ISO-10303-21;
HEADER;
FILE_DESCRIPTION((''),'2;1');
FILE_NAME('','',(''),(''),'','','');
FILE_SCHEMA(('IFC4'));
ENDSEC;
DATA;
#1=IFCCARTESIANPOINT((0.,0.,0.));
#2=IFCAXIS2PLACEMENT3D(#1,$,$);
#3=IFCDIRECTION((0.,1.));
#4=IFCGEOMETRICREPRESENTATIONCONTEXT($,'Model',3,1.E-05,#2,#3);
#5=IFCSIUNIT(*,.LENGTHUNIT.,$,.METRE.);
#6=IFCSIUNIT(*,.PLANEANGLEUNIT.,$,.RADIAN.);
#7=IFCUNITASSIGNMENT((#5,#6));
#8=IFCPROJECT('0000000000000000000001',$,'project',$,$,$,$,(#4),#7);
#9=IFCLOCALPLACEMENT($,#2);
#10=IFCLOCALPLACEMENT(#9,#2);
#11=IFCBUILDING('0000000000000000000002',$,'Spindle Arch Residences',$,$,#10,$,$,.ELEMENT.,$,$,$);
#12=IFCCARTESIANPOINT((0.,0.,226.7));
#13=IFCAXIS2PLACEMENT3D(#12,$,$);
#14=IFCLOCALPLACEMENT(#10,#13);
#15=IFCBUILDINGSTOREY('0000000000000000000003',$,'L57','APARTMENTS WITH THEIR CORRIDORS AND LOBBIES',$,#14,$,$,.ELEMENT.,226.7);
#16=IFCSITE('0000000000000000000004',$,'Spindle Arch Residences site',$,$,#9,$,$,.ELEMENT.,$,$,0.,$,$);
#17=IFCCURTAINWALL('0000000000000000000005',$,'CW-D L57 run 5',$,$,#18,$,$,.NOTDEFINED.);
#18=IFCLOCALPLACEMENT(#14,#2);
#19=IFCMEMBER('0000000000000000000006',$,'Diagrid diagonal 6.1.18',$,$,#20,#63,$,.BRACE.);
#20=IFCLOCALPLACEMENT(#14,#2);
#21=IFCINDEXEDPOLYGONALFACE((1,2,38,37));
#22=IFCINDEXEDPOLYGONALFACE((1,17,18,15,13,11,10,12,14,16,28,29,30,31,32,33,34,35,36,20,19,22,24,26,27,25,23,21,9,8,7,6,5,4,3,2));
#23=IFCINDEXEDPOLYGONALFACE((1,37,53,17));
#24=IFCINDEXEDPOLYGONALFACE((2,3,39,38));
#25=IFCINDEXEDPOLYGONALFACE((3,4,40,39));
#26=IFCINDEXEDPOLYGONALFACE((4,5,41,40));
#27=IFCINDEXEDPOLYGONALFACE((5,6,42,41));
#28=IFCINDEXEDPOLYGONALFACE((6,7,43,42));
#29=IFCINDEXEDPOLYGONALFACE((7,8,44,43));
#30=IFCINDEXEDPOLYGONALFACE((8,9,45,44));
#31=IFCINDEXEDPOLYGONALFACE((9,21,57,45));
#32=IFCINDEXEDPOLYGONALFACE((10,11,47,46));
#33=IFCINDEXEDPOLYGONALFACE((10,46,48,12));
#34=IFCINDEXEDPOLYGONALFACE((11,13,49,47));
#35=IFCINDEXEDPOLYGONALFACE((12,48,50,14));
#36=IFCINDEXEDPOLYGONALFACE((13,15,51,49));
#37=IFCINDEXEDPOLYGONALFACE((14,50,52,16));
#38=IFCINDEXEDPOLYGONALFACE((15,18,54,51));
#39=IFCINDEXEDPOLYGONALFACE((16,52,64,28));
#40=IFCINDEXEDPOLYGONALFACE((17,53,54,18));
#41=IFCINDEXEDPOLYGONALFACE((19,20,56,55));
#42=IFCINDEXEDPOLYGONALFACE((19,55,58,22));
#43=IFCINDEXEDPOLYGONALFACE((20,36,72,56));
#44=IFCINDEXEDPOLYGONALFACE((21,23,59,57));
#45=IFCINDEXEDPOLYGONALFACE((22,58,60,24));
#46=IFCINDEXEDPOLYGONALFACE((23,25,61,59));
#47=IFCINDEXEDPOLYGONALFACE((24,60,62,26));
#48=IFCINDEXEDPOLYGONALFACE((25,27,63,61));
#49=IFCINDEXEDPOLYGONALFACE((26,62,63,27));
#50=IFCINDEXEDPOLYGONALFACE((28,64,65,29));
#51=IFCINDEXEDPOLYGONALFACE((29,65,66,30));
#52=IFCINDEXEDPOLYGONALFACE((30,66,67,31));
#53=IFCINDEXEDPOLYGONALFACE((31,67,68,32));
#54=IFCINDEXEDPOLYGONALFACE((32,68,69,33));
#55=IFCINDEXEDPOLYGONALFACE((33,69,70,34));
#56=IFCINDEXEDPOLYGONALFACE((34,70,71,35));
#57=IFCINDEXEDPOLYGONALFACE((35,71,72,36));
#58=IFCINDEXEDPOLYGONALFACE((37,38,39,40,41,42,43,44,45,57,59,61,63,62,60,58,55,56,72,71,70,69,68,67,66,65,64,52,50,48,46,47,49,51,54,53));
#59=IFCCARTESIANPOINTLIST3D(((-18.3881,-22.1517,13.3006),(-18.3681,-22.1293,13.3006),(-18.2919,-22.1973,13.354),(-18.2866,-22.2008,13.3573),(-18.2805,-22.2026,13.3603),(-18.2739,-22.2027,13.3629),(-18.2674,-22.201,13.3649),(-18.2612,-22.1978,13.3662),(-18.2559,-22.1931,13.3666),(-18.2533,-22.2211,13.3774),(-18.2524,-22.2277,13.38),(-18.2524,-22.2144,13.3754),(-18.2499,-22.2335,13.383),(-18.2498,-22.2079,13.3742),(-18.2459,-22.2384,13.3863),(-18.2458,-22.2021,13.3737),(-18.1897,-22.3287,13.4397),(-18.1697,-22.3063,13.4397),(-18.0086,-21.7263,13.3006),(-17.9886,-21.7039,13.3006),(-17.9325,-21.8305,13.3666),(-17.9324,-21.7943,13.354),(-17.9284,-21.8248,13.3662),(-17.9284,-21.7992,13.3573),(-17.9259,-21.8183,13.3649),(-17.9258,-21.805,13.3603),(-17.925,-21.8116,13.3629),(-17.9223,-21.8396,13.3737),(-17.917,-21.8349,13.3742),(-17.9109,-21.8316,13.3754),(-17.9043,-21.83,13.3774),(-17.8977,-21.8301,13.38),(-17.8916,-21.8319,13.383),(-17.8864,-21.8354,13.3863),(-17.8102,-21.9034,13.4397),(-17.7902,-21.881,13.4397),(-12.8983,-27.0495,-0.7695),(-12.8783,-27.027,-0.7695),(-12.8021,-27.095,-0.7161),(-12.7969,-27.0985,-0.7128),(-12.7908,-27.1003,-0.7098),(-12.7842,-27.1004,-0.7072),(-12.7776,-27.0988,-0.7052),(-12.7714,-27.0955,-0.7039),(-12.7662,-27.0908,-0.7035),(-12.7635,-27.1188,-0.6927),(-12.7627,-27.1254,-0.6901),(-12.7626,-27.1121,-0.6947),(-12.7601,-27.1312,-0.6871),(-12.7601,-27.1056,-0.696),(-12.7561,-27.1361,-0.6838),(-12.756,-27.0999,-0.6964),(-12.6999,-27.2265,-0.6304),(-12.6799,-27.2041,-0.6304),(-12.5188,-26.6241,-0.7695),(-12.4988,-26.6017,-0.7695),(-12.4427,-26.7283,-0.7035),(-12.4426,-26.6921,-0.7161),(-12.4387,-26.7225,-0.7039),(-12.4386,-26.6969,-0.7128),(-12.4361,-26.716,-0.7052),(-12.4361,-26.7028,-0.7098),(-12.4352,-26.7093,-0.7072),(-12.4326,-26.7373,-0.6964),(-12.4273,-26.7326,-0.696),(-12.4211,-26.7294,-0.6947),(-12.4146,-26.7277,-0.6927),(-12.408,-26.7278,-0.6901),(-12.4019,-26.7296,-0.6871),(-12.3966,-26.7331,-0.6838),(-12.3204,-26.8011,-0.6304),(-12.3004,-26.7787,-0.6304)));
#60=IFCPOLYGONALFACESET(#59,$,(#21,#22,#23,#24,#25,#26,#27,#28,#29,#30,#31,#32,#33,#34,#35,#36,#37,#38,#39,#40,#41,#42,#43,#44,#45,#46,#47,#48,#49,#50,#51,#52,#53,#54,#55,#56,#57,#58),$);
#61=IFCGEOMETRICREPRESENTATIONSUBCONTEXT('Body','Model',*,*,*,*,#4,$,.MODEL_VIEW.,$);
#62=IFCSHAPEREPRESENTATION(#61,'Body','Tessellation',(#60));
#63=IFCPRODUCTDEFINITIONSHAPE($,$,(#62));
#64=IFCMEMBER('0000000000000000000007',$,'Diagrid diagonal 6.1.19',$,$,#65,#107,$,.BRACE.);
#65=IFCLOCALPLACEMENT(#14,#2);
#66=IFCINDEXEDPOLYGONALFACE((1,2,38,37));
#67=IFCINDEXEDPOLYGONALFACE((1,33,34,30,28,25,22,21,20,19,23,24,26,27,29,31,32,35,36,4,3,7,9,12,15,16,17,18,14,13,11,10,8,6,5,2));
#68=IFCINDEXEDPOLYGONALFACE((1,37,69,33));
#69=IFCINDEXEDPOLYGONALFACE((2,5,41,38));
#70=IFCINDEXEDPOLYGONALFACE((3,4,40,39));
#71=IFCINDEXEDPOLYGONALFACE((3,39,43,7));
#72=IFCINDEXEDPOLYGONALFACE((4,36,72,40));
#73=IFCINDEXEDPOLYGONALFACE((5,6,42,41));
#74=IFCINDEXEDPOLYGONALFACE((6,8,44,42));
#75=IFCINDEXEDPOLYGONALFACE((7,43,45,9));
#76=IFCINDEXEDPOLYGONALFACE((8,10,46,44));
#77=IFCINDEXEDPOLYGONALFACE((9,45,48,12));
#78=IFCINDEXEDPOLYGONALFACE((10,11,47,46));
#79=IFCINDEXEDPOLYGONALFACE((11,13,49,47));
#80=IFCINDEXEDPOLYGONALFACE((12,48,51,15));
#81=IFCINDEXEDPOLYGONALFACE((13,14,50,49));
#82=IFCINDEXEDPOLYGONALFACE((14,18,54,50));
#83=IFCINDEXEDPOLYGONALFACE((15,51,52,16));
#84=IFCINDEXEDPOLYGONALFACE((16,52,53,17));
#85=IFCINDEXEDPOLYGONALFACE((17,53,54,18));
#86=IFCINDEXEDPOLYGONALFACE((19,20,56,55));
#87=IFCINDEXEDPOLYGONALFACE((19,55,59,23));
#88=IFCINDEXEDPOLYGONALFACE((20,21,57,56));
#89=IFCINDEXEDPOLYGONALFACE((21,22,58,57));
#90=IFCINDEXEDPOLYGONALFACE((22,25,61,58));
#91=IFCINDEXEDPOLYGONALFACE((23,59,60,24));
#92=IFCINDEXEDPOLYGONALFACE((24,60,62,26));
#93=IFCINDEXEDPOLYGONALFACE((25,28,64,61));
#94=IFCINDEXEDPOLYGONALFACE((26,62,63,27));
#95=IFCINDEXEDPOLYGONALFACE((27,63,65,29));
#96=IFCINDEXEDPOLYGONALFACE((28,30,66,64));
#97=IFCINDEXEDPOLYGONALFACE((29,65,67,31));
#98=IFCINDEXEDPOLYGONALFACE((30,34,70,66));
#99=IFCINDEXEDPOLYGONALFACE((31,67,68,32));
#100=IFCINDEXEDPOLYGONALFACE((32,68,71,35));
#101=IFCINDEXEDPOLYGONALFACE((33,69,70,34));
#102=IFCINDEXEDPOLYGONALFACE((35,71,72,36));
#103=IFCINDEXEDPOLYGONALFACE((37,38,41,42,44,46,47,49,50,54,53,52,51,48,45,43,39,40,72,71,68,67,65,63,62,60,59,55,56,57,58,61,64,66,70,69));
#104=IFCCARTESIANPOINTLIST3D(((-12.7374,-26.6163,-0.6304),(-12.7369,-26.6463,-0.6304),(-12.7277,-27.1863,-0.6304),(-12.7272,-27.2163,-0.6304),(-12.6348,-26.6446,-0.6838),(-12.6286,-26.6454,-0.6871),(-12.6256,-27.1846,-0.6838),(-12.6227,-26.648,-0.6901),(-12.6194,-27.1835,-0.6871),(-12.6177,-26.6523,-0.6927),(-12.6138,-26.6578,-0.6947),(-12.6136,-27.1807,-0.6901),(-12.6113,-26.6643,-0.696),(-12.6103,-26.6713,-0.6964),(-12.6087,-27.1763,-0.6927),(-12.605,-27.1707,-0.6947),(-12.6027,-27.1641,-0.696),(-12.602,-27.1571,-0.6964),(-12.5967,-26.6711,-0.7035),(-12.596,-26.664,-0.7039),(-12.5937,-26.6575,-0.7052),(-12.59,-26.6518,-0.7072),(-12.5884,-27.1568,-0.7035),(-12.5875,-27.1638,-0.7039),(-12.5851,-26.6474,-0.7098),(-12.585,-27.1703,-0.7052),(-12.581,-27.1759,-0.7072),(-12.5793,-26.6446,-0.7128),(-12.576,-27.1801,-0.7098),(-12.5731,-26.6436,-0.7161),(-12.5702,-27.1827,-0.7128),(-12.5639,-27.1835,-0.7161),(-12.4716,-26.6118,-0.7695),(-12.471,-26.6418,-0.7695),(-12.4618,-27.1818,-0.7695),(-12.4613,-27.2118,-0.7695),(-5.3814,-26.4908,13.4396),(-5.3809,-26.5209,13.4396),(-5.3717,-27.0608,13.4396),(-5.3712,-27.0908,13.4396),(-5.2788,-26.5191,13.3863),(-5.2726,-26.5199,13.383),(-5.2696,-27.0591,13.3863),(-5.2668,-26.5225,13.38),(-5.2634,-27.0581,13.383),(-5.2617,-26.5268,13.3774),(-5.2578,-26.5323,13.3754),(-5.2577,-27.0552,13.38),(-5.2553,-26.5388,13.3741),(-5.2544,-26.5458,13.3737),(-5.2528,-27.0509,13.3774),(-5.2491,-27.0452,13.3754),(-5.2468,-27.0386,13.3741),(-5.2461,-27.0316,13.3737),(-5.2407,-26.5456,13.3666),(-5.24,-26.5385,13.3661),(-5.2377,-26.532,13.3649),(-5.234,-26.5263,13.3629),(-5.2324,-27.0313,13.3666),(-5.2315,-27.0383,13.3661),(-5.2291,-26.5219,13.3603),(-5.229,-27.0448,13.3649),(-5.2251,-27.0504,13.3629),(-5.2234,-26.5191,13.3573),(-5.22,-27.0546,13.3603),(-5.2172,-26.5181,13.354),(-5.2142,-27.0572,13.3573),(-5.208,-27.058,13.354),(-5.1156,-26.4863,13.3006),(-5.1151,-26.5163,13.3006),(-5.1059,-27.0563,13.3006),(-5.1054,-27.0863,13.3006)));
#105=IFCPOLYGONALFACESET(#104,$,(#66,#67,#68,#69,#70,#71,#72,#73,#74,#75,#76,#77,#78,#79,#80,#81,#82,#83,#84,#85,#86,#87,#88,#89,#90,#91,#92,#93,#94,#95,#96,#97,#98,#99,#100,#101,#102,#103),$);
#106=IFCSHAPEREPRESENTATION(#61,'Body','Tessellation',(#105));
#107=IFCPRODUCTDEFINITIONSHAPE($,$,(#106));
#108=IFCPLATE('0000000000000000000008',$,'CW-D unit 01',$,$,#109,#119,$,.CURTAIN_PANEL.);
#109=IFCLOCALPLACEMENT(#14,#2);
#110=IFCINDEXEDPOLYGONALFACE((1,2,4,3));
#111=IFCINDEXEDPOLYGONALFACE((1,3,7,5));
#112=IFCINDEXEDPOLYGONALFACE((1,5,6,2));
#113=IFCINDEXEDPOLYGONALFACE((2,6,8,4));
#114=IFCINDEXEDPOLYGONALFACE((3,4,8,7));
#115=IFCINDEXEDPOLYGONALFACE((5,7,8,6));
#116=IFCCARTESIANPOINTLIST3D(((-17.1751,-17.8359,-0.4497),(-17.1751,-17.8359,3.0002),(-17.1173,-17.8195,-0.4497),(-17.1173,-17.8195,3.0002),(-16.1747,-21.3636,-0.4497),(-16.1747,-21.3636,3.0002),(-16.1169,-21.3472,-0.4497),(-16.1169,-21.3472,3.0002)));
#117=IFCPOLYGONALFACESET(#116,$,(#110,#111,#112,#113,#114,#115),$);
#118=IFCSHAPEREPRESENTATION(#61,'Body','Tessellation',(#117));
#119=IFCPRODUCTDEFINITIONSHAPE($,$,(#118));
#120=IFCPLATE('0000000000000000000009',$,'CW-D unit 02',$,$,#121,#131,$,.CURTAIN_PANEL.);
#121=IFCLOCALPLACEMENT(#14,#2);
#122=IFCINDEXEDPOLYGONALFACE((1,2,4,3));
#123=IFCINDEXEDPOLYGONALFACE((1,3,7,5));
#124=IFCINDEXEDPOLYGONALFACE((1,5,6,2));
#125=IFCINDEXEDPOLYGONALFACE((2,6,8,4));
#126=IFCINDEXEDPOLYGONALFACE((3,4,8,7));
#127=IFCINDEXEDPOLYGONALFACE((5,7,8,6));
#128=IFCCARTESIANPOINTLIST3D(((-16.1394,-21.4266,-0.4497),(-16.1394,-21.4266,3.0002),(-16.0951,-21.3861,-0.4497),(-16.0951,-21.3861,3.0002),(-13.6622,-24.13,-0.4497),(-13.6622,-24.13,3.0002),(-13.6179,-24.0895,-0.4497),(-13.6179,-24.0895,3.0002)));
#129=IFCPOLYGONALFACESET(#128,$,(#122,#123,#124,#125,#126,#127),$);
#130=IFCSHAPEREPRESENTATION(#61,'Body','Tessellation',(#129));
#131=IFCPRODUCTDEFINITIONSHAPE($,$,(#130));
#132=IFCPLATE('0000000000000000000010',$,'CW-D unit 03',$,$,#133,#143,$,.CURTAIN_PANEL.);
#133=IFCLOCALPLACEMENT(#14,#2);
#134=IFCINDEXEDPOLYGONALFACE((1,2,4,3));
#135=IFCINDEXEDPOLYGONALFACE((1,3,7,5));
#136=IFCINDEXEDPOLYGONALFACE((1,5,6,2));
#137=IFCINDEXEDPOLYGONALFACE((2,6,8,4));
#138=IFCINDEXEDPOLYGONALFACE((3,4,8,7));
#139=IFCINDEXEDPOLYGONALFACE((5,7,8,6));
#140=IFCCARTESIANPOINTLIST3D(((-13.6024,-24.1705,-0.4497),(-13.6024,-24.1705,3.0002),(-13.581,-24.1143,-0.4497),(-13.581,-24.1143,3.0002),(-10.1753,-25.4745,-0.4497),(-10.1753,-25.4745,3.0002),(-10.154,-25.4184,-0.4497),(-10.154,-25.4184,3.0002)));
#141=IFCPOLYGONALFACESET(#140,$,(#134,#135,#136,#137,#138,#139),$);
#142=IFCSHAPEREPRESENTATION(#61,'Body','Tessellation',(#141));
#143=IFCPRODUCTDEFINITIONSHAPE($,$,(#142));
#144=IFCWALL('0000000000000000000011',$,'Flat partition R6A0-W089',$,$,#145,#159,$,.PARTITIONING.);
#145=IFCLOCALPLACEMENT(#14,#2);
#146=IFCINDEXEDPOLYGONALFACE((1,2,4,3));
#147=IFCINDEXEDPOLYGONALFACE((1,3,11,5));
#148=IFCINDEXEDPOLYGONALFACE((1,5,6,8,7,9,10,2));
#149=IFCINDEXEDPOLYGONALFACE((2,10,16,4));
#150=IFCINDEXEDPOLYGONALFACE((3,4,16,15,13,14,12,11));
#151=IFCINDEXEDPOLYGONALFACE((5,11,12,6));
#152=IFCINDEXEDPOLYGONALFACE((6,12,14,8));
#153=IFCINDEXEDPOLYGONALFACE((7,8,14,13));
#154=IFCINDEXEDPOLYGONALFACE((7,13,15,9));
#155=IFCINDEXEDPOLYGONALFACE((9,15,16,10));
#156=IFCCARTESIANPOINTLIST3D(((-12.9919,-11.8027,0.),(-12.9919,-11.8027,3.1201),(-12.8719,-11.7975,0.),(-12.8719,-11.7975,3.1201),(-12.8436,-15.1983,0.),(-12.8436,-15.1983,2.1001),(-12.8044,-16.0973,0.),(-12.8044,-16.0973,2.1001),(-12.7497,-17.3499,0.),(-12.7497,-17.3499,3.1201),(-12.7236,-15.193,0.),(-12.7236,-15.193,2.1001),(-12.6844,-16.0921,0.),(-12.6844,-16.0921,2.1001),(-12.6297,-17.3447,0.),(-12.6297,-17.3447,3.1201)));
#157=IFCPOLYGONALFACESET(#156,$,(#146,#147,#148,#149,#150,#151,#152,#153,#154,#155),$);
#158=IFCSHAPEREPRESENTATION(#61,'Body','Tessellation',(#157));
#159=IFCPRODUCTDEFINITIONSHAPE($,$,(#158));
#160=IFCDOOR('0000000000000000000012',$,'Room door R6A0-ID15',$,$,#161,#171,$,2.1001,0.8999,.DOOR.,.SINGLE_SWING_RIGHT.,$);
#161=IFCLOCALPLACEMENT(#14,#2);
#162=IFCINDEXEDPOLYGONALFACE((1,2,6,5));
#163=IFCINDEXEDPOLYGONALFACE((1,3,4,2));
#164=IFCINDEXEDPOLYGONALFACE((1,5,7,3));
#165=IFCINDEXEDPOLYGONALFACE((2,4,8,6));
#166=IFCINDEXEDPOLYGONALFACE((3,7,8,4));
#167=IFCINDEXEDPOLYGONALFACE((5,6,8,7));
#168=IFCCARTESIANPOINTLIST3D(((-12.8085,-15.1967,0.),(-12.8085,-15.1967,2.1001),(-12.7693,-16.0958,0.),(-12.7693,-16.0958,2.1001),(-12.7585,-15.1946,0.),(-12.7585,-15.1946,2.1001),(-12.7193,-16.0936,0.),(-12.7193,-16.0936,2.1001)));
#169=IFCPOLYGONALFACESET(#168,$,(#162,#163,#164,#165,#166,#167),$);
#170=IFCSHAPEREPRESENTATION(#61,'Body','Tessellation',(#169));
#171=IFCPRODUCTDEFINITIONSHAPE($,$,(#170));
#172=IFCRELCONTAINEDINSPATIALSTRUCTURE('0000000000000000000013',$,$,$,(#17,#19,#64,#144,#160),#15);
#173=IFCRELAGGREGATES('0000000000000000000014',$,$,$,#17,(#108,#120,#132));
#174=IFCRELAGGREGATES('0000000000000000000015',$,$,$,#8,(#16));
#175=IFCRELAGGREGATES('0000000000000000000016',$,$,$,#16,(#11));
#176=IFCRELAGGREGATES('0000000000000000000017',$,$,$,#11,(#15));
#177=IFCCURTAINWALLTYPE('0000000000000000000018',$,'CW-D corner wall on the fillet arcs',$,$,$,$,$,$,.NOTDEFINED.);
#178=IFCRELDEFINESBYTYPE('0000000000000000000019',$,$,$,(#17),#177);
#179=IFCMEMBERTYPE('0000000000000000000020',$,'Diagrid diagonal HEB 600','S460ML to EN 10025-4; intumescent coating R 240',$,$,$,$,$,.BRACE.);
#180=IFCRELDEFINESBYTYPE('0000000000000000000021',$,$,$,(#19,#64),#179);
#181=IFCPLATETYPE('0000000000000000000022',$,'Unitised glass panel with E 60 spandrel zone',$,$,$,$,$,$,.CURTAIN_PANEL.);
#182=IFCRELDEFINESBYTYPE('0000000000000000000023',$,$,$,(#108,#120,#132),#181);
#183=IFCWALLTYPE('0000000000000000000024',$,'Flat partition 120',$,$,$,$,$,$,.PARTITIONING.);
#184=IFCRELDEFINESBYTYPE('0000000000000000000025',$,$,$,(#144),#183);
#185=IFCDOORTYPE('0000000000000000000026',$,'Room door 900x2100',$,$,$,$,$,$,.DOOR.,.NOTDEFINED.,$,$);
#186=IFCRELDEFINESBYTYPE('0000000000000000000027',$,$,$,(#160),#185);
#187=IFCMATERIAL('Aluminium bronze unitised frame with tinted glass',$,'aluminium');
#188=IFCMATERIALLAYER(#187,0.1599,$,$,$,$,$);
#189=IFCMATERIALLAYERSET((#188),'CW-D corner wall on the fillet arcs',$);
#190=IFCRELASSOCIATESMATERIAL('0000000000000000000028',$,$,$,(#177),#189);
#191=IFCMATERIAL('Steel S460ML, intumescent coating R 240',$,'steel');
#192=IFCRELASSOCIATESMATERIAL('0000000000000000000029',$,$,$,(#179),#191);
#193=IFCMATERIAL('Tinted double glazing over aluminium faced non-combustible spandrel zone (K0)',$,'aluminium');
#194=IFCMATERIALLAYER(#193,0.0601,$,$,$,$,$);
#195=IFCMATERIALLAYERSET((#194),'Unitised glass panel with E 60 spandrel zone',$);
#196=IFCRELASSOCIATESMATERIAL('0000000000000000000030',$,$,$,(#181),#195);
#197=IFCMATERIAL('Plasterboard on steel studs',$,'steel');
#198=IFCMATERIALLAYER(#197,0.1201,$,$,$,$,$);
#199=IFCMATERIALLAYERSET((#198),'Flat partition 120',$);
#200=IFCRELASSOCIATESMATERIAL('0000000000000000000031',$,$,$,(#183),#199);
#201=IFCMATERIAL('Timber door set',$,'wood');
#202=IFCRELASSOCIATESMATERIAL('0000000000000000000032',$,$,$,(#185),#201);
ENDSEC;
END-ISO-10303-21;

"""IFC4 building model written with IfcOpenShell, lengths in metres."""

from ifc_helpers import new_model, si_unit, direction, frame, frame_2d, origin, origin_2d, place, context, subcontext, project, spatial, rectangle, i_section, extrude, material, layer, layer_set, material_profile, profile_set, type_object, element, fill, aggregate, save


model = new_model("IFC4")

# Units and contexts
model_context = context("Model", 3, precision=1e-05, world=origin(), true_north=direction((0.0, 1.0)))
body_context = subcontext(model_context, "Body", "Model", "MODEL_VIEW")
ifc_project = project(units=[si_unit("LENGTHUNIT", "METRE"), si_unit("PLANEANGLEUNIT", "RADIAN")], contexts=[model_context])

# Site, building, storey
site_placement = place(None, origin())
site = spatial("IfcSite", under=ifc_project, at=site_placement, Name="Spindle Arch Residences site", CompositionType="ELEMENT", RefElevation=0.0)
building_placement = place(site_placement, origin())
building = spatial("IfcBuilding", under=site, at=building_placement, Name="Spindle Arch Residences", CompositionType="ELEMENT")
storey_placement = place(building_placement, frame((0.0, 0.0, 226.7)))
storey = spatial("IfcBuildingStorey", under=building, at=storey_placement, Name="L57", Description="APARTMENTS WITH THEIR CORRIDORS AND LOBBIES", CompositionType="ELEMENT", Elevation=226.7)

# Curtain wall
ifc_material_1 = material(Name="Aluminium bronze unitised frame with tinted glass", Category="aluminium")
ifc_layer_1 = layer(ifc_material_1, 0.1599)
ifc_layer_set_1 = layer_set([ifc_layer_1], Name="CW-D corner wall on the fillet arcs")
curtain_wall_type = type_object("IfcCurtainWallType", Name="CW-D corner wall on the fillet arcs", PredefinedType="NOTDEFINED", material=ifc_layer_set_1)
curtain_wall_placement = place(storey_placement, origin())
curtain_wall = element("IfcCurtainWall", 1, at=curtain_wall_placement, inside=storey, type_object=curtain_wall_type, Name="CW-D L57 run 5", PredefinedType="NOTDEFINED")

# Members
ifc_material_2 = material(Name="Steel S460ML, intumescent coating R 240", Category="steel")
ifc_material_profile_1 = material_profile(ifc_material_2, i_section(OverallWidth=0.3, OverallDepth=0.6001, WebThickness=0.0154, FlangeThickness=0.03, FilletRadius=0.0271, at=origin_2d()), Name="HEB 600")
ifc_profile_set_1 = profile_set([ifc_material_profile_1], Name="Steel S460ML, intumescent coating R 240")
member_type_1 = type_object("IfcMemberType", Name="Diagrid diagonal HEB 600", Description="S460ML to EN 10025-4; intumescent coating R 240", PredefinedType="BRACE", material=ifc_profile_set_1)
for number, where, z_axis, x_axis, name in (
    (2, (-12.5994, -26.9141, -0.7), (-0.345759, 0.30847, 0.88617), (0.661258, -0.589945, 0.463361), "Diagrid diagonal 6.1.18"),
    (3, (-12.5994, -26.9141, -0.7), (0.463297, 0.007904, 0.886168), (-0.886039, -0.015115, 0.463364), "Diagrid diagonal 6.1.19"),
):
    element("IfcMember", number, at=place(storey_placement, frame(where, z_axis=z_axis, x_axis=x_axis)), inside=storey, type_object=member_type_1, Name=name, PredefinedType="BRACE", context=body_context, shape_type="SweptSolid", body=[
        extrude(i_section(OverallWidth=0.3, OverallDepth=0.6001, WebThickness=0.0154, FlangeThickness=0.03, FilletRadius=0.0271, at=origin_2d()), origin(), (0.0, 0.0, 1.0), 15.8774),
    ])

# Plates
ifc_material_3 = material(Name="Tinted double glazing over aluminium faced non-combustible spandrel zone (K0)", Category="aluminium")
ifc_layer_2 = layer(ifc_material_3, 0.0601)
ifc_layer_set_2 = layer_set([ifc_layer_2], Name="Unitised glass panel with E 60 spandrel zone")
plate_type = type_object("IfcPlateType", Name="Unitised glass panel with E 60 spandrel zone", PredefinedType="CURTAIN_PANEL", material=ifc_layer_set_2)
plate_1_placement = place(storey_placement, frame((-16.646, -19.5916, -0.4497), z_axis=(0.0, 0.0, 1.0), x_axis=(0.27284, -0.962059, 0.0)))
plate_1 = element("IfcPlate", 4, at=plate_1_placement, type_object=plate_type, Name="CW-D unit 01", PredefinedType="CURTAIN_PANEL", context=body_context, shape_type="SweptSolid", body=[
    extrude(rectangle(XDim=3.6667, YDim=0.0601, at=origin_2d()), origin(), (0.0, 0.0, 1.0), 3.45),
])
plate_2_placement = place(storey_placement, frame((-14.8787, -22.7581, -0.4497), z_axis=(0.0, 0.0, 1.0), x_axis=(0.67559, -0.737277, 0.0)))
plate_2 = element("IfcPlate", 5, at=plate_2_placement, type_object=plate_type, Name="CW-D unit 02", PredefinedType="CURTAIN_PANEL", context=body_context, shape_type="SweptSolid", body=[
    extrude(rectangle(XDim=3.6667, YDim=0.0601, at=origin_2d()), origin(), (0.0, 0.0, 1.0), 3.45),
])
plate_3_placement = place(storey_placement, frame((-11.8782, -24.7944, -0.4497), z_axis=(0.0, 0.0, 1.0), x_axis=(0.934619, -0.355651, 0.0)))
plate_3 = element("IfcPlate", 6, at=plate_3_placement, type_object=plate_type, Name="CW-D unit 03", PredefinedType="CURTAIN_PANEL", context=body_context, shape_type="SweptSolid", body=[
    extrude(rectangle(XDim=3.6667, YDim=0.0601, at=origin_2d()), origin(), (0.0, 0.0, 1.0), 3.45),
])
aggregate(curtain_wall, [plate_1, plate_2, plate_3])

# Wall, opening, door
ifc_material_4 = material(Name="Plasterboard on steel studs", Category="steel")
ifc_layer_3 = layer(ifc_material_4, 0.1201)
ifc_layer_set_3 = layer_set([ifc_layer_3], Name="Flat partition 120")
wall_type_1 = type_object("IfcWallType", Name="Flat partition 120", PredefinedType="PARTITIONING", material=ifc_layer_set_3)
wall_1_placement = place(storey_placement, frame((-12.6897, -17.3474, 0.0), z_axis=(0.0, 0.0, 1.0), x_axis=(-0.043618, 0.999048, 0.0)))
wall_1 = element("IfcWall", 7, at=wall_1_placement, inside=storey, type_object=wall_type_1, Name="Flat partition R6A0-W089", PredefinedType="PARTITIONING", context=body_context, shape_type="SweptSolid", body=[
    extrude(rectangle(XDim=5.5525, YDim=0.1201, at=frame_2d((2.7764, 0.0))), origin(), (0.0, 0.0, 1.0), 3.1201),
])
opening_1_placement = place(wall_1_placement, frame((1.2539, 0.0, 0.0)))
opening_1 = element("IfcOpeningElement", 8, at=opening_1_placement, cuts=wall_1, PredefinedType="OPENING", context=body_context, shape_type="SweptSolid", body=[
    extrude(rectangle(XDim=0.8999, YDim=2.1001, at=frame_2d((0.45, 1.05))), frame((0.0, 0.0701, 0.0), z_axis=(0.0, -1.0, 0.0), x_axis=(1.0, 0.0, 0.0)), (0.0, 0.0, 1.0), 0.1401),
])
ifc_material_5 = material(Name="Timber door set", Category="wood")
door_type = type_object("IfcDoorType", Name="Room door 900x2100", OperationType="NOTDEFINED", PredefinedType="DOOR", material=ifc_material_5)
door_1_placement = place(opening_1_placement, origin())
door_1 = element("IfcDoor", 9, at=door_1_placement, inside=storey, type_object=door_type, Name="Room door R6A0-ID15", OperationType="SINGLE_SWING_RIGHT", OverallHeight=2.1001, OverallWidth=0.8999, PredefinedType="DOOR", context=body_context, shape_type="SweptSolid", body=[
    extrude(rectangle(XDim=0.8999, YDim=2.1001, at=frame_2d((0.45, 1.05))), frame((0.0, 0.0249, 0.0), z_axis=(0.0, -1.0, 0.0), x_axis=(1.0, 0.0, 0.0)), (0.0, 0.0, 1.0), 0.05),
])
fill(opening_1, door_1)

save(model, "model.ifc")
